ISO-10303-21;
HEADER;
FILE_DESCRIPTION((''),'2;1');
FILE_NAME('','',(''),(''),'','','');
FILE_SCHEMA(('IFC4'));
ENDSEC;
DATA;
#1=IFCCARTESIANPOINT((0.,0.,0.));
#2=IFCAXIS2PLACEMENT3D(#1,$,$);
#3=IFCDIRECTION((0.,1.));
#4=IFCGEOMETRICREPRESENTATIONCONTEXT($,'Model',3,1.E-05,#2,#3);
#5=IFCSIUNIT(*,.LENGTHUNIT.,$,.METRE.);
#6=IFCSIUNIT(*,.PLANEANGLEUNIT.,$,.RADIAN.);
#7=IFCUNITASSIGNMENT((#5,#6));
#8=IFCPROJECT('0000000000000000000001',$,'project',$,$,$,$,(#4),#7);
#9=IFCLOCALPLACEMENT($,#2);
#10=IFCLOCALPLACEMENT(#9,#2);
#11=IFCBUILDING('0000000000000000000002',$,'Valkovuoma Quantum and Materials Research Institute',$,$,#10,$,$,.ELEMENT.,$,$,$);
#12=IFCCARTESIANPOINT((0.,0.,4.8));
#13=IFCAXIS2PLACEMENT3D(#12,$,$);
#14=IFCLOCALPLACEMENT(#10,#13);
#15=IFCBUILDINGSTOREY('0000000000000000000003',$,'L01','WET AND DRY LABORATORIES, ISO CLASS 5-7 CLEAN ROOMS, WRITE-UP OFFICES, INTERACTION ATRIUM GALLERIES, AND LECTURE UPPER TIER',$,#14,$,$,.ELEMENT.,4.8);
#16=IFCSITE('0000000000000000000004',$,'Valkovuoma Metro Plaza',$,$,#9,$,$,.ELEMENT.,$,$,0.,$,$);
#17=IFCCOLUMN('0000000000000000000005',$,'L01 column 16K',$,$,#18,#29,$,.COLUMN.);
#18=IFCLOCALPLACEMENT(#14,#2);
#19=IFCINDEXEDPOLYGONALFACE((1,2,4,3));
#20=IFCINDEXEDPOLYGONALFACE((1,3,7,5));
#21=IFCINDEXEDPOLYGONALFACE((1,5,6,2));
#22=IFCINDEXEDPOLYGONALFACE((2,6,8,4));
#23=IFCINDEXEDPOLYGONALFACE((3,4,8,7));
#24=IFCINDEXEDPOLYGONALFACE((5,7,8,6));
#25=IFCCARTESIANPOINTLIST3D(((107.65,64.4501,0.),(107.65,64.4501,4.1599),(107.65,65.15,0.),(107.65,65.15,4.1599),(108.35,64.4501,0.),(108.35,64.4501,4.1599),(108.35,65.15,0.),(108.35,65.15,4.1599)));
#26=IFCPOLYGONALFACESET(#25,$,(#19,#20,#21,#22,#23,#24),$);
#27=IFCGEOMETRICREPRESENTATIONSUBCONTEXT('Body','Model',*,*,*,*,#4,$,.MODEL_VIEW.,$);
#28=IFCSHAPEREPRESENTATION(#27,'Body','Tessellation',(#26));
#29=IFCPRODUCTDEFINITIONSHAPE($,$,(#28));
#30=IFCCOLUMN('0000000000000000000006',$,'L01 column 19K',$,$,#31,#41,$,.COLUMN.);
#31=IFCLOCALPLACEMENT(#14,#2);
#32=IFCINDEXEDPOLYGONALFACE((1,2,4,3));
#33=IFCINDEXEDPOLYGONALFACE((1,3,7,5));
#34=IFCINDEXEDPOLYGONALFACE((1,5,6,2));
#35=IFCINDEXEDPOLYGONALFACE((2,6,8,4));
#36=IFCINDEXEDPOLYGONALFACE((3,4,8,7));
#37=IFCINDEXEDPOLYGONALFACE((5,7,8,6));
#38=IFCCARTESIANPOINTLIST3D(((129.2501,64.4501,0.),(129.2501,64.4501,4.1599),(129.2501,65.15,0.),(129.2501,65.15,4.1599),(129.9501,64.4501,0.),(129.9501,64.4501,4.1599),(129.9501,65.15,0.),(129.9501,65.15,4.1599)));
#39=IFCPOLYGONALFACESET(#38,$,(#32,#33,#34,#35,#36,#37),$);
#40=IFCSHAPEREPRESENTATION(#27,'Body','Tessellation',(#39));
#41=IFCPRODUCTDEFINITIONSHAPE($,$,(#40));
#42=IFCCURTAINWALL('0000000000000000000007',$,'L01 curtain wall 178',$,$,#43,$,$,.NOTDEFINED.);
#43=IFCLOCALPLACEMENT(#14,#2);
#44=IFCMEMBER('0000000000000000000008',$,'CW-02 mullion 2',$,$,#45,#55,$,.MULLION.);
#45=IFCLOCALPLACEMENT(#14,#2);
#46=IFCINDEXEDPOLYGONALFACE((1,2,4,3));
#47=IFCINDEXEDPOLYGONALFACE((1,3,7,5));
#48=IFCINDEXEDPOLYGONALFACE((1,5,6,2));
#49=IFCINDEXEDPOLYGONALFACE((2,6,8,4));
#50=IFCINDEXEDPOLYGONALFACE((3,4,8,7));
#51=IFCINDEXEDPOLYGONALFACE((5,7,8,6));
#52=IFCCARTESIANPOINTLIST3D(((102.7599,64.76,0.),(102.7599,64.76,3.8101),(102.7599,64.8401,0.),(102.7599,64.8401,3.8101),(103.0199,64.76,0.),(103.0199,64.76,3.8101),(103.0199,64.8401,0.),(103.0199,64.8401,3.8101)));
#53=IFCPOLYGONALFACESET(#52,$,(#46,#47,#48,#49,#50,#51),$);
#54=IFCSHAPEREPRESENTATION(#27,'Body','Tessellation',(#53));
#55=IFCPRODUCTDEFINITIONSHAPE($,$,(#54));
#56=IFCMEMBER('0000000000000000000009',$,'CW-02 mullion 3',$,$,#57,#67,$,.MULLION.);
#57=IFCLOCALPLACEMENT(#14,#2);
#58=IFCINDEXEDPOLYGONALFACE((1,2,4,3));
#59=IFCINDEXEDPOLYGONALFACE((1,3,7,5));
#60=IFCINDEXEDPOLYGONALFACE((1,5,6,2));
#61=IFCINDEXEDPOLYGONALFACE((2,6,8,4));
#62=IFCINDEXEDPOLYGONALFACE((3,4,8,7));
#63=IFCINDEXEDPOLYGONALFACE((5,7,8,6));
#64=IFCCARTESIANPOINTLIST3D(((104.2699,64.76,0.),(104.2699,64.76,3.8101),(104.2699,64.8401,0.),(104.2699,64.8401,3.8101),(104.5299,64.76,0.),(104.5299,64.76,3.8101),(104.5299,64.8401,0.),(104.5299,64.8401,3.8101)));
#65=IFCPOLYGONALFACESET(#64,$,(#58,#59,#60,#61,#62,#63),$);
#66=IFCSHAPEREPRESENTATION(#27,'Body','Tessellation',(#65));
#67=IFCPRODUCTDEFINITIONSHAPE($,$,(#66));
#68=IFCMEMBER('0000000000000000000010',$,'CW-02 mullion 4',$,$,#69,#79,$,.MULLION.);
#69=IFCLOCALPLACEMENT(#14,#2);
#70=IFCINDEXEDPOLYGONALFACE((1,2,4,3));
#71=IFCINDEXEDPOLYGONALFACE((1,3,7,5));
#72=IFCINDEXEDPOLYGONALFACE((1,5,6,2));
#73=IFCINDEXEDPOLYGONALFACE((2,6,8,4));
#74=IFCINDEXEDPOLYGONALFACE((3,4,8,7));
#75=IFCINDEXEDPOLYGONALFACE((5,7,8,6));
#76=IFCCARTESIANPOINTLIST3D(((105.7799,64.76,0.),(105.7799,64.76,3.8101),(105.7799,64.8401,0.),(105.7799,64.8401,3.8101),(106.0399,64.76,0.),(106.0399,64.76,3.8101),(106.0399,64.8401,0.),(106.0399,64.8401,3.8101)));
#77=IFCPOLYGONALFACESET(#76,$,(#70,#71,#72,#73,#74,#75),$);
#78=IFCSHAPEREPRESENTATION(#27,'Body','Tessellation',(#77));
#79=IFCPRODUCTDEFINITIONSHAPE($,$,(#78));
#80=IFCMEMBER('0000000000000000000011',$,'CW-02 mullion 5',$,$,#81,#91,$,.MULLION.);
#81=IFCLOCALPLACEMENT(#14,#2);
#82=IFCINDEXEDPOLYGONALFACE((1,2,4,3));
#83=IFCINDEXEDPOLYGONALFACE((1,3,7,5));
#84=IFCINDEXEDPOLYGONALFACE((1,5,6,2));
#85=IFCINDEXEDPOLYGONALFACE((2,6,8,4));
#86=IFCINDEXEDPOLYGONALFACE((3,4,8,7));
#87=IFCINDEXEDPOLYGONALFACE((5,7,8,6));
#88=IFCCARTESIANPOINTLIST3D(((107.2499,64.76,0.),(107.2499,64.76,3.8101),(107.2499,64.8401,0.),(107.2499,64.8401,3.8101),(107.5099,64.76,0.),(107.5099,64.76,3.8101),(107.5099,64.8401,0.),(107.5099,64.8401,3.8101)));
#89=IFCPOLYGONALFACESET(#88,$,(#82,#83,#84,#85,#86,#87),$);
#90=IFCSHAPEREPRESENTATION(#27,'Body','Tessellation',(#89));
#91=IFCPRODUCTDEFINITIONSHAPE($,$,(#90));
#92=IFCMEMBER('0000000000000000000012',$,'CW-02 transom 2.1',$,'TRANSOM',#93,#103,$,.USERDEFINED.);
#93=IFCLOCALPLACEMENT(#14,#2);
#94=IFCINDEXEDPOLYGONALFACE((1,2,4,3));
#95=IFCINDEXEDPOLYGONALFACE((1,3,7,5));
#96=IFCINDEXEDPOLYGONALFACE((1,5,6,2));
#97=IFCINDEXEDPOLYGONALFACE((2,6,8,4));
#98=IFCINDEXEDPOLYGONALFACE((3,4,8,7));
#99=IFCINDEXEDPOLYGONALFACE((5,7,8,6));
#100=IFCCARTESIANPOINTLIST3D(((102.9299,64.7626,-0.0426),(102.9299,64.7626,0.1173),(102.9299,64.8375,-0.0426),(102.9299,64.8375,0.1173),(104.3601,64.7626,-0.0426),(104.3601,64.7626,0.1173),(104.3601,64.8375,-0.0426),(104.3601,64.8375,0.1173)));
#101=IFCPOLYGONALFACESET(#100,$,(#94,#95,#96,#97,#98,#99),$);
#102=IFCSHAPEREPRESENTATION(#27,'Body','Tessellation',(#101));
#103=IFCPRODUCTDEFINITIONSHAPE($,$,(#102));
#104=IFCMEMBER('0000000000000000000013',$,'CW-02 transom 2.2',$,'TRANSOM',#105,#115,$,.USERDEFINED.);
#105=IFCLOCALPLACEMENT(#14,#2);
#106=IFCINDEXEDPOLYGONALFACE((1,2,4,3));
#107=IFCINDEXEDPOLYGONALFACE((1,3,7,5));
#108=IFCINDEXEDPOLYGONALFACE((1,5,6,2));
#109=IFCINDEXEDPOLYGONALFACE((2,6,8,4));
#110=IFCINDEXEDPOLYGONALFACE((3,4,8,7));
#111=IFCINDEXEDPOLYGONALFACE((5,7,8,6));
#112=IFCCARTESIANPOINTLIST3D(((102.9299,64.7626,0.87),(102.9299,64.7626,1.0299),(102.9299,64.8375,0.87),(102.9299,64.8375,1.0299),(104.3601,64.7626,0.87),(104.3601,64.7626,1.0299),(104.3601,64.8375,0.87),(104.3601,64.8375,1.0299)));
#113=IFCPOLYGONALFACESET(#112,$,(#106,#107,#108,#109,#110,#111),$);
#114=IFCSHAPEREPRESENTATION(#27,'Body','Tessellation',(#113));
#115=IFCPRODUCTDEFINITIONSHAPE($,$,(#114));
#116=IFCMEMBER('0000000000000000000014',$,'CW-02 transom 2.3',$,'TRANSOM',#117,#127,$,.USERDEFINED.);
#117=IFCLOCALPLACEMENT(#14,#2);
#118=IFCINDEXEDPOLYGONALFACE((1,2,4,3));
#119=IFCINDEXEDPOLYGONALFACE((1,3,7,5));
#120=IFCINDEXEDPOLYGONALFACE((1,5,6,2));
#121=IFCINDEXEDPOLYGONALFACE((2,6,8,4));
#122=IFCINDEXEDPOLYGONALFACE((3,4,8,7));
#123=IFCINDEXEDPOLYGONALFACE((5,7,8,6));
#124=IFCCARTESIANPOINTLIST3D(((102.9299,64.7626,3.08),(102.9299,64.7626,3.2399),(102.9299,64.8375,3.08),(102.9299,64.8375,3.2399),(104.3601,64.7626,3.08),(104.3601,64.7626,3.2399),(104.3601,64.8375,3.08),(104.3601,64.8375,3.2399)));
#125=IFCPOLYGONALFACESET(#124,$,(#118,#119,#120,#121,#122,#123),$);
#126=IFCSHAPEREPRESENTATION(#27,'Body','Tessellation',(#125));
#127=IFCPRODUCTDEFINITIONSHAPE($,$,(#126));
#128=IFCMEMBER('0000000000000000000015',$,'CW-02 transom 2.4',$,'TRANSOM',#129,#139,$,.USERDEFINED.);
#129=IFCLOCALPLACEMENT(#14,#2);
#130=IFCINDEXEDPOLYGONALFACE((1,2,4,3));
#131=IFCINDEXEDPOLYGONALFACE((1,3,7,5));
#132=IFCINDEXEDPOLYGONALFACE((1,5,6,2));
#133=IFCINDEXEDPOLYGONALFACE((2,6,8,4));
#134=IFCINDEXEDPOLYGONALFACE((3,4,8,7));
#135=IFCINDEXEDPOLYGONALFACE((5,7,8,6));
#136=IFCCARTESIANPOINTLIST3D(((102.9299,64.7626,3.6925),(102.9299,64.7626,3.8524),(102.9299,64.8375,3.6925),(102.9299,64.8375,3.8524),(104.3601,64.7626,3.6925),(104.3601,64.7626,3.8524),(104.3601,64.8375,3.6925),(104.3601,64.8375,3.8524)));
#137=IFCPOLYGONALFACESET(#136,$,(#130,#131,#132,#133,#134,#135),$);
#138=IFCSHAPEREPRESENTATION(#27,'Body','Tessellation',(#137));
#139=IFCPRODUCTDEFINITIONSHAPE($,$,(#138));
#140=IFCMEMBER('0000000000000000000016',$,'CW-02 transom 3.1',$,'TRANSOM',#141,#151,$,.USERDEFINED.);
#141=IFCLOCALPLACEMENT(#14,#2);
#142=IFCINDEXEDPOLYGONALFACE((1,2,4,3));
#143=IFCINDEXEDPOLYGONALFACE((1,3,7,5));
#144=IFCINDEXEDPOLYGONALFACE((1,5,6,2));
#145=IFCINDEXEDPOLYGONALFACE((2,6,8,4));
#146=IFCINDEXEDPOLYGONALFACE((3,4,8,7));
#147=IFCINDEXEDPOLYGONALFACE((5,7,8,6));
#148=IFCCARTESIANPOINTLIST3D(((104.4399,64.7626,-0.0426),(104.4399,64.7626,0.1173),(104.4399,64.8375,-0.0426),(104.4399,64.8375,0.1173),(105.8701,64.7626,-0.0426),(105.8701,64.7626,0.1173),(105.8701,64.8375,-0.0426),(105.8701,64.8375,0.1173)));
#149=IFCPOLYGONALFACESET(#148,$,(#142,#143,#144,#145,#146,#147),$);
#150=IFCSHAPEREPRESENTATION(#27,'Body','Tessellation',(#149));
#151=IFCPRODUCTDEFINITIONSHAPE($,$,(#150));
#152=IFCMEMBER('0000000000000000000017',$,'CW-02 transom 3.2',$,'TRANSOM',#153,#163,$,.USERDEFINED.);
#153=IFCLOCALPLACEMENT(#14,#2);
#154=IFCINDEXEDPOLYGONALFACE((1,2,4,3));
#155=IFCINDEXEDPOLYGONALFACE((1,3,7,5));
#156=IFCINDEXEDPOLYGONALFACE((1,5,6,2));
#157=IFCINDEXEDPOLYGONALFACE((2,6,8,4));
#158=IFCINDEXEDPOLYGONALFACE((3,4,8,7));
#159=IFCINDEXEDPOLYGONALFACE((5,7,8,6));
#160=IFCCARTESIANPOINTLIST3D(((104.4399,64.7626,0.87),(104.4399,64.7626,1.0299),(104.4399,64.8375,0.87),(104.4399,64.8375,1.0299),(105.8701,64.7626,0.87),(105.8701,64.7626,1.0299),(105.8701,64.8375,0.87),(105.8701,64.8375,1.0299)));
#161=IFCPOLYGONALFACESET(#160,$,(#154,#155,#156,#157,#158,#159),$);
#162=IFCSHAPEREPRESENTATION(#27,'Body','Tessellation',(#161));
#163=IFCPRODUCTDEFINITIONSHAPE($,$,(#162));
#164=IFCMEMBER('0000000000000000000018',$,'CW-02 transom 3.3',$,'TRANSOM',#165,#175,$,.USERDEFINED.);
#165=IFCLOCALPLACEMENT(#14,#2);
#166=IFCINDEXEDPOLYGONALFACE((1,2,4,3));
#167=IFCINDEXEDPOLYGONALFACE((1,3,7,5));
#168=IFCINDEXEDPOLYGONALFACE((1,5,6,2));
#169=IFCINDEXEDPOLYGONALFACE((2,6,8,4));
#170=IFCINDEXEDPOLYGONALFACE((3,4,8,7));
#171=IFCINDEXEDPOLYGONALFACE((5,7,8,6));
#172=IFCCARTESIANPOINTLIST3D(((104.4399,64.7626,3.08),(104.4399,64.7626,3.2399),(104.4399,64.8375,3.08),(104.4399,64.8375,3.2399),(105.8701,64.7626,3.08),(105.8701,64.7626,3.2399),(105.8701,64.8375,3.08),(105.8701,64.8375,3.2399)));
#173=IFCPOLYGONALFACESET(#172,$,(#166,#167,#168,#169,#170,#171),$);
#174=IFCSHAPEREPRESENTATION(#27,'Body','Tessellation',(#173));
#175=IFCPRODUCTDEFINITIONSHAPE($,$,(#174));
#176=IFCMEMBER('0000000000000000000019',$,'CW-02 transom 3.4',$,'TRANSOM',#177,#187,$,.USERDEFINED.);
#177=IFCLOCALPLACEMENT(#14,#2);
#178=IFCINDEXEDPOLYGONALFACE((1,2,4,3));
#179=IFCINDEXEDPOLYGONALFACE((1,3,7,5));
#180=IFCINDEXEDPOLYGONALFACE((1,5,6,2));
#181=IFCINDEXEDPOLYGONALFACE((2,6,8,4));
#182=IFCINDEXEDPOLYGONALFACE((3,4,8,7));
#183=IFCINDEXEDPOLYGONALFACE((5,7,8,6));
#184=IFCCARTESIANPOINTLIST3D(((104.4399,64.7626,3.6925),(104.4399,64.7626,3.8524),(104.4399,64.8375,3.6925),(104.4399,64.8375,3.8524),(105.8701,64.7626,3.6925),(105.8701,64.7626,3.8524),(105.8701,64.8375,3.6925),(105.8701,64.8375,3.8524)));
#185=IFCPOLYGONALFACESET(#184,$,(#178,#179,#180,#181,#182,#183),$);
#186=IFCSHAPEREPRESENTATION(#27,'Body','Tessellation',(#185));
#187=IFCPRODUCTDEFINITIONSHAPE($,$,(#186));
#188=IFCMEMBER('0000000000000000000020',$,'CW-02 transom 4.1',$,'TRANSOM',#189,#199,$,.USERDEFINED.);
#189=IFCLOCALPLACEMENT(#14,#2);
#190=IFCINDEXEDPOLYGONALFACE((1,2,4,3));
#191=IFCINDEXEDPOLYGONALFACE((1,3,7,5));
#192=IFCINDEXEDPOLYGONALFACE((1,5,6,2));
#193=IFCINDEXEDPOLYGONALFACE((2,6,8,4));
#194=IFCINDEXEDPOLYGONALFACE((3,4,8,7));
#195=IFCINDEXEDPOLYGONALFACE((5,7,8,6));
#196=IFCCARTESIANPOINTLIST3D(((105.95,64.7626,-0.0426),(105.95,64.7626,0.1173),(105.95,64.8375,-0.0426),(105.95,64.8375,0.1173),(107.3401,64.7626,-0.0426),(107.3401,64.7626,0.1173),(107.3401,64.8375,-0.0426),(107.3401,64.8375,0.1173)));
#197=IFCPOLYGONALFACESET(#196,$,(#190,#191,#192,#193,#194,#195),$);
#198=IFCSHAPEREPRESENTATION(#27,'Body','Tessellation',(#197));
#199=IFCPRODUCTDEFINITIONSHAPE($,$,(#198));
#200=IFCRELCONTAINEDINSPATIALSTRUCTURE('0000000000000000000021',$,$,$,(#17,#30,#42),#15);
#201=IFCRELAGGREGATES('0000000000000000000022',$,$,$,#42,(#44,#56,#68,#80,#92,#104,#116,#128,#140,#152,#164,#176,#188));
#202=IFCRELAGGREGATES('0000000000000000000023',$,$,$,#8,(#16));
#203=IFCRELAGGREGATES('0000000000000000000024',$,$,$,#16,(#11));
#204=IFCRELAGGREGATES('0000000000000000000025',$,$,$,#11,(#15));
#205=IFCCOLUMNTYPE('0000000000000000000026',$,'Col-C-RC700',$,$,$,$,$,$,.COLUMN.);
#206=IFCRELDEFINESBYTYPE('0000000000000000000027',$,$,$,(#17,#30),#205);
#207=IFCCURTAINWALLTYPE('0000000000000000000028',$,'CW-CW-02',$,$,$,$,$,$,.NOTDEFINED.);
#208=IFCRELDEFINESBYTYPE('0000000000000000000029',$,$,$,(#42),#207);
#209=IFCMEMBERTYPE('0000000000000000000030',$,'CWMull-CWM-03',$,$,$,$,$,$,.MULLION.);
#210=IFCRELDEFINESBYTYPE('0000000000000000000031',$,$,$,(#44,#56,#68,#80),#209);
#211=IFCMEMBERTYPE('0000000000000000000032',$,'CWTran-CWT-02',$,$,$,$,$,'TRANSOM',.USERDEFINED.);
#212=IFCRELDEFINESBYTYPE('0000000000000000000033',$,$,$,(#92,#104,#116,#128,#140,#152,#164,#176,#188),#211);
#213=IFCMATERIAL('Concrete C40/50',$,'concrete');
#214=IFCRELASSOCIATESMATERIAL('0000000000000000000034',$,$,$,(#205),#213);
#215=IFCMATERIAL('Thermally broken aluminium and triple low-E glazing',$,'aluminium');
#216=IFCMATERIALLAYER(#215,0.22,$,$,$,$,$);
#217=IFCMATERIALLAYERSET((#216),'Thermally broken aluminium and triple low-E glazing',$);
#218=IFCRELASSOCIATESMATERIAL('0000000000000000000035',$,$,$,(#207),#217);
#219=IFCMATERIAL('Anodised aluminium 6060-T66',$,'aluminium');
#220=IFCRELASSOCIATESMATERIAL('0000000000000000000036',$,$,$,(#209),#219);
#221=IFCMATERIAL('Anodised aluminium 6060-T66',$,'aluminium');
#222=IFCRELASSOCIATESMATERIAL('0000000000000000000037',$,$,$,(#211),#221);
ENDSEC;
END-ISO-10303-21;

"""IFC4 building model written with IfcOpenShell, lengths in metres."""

from ifc_helpers import new_model, si_unit, direction, frame, origin, origin_2d, place, context, subcontext, project, spatial, rectangle, extrude, material, layer, layer_set, material_profile, profile_set, type_object, element, aggregate, save


model = new_model("IFC4")

# Units and contexts
model_context = context("Model", 3, precision=1e-05, world=origin(), true_north=direction((0.0, 1.0)))
body_context = subcontext(model_context, "Body", "Model", "MODEL_VIEW")
ifc_project = project(units=[si_unit("LENGTHUNIT", "METRE"), si_unit("PLANEANGLEUNIT", "RADIAN")], contexts=[model_context])

# Site, building, storey
site_placement = place(None, origin())
site = spatial("IfcSite", under=ifc_project, at=site_placement, Name="Valkovuoma Metro Plaza", CompositionType="ELEMENT", RefElevation=0.0)
building_placement = place(site_placement, origin())
building = spatial("IfcBuilding", under=site, at=building_placement, Name="Valkovuoma Quantum and Materials Research Institute", CompositionType="ELEMENT")
storey_placement = place(building_placement, frame((0.0, 0.0, 4.8)))
storey = spatial("IfcBuildingStorey", under=building, at=storey_placement, Name="L01", Description="WET AND DRY LABORATORIES, ISO CLASS 5-7 CLEAN ROOMS, WRITE-UP OFFICES, INTERACTION ATRIUM GALLERIES, AND LECTURE UPPER TIER", CompositionType="ELEMENT", Elevation=4.8)

# Columns
ifc_material_1 = material(Name="Concrete C40/50", Category="concrete")
ifc_material_profile_1 = material_profile(ifc_material_1, rectangle(XDim=0.7, YDim=0.7, at=origin_2d()), Name="Concrete C40/50")
ifc_profile_set_1 = profile_set([ifc_material_profile_1], Name="Concrete C40/50")
column_type = type_object("IfcColumnType", Name="Col-C-RC700", PredefinedType="COLUMN", material=ifc_profile_set_1)
for number, where, z_axis, x_axis, name in (
    (1, (108.0, 64.8, 0.0), (0.0, 0.0, 1.0), (1.0, 0.0, 0.0), "L01 column 16K"),
    (2, (129.6001, 64.8, 0.0), (0.0, 0.0, 1.0), (1.0, 0.0, 0.0), "L01 column 19K"),
):
    element("IfcColumn", number, at=place(storey_placement, frame(where, z_axis=z_axis, x_axis=x_axis)), inside=storey, type_object=column_type, Name=name, PredefinedType="COLUMN", context=body_context, shape_type="SweptSolid", body=[
        extrude(rectangle(XDim=0.7, YDim=0.7, at=origin_2d()), origin(), (0.0, 0.0, 1.0), 4.1599),
    ])

# Curtain wall, members
ifc_material_2 = material(Name="Thermally broken aluminium and triple low-E glazing", Category="aluminium")
ifc_layer_1 = layer(ifc_material_2, 0.22)
ifc_layer_set_1 = layer_set([ifc_layer_1], Name="Thermally broken aluminium and triple low-E glazing")
curtain_wall_type = type_object("IfcCurtainWallType", Name="CW-CW-02", PredefinedType="NOTDEFINED", material=ifc_layer_set_1)
curtain_wall_placement = place(storey_placement, origin())
curtain_wall = element("IfcCurtainWall", 3, at=curtain_wall_placement, inside=storey, type_object=curtain_wall_type, Name="L01 curtain wall 178", PredefinedType="NOTDEFINED")
ifc_material_3 = material(Name="Anodised aluminium 6060-T66", Category="aluminium")
ifc_material_profile_2 = material_profile(ifc_material_3, rectangle(XDim=0.0801, YDim=0.26, at=origin_2d()), Name="Anodised aluminium 6060-T66")
ifc_profile_set_2 = profile_set([ifc_material_profile_2], Name="Anodised aluminium 6060-T66")
member_type_1 = type_object("IfcMemberType", Name="CWMull-CWM-03", PredefinedType="MULLION", material=ifc_profile_set_2)
member_1_placement = place(storey_placement, frame((102.8899, 64.8, 0.0), z_axis=(0.0, 0.0, 1.0), x_axis=(0.0, 1.0, 0.0)))
member_1 = element("IfcMember", 4, at=member_1_placement, type_object=member_type_1, Name="CW-02 mullion 2", PredefinedType="MULLION", context=body_context, shape_type="SweptSolid", body=[
    extrude(rectangle(XDim=0.0801, YDim=0.26, at=origin_2d()), origin(), (0.0, 0.0, 1.0), 3.8101),
])
member_2_placement = place(storey_placement, frame((104.3999, 64.8, 0.0), z_axis=(0.0, 0.0, 1.0), x_axis=(0.0, 1.0, 0.0)))
member_2 = element("IfcMember", 5, at=member_2_placement, type_object=member_type_1, Name="CW-02 mullion 3", PredefinedType="MULLION", context=body_context, shape_type="SweptSolid", body=[
    extrude(rectangle(XDim=0.0801, YDim=0.26, at=origin_2d()), origin(), (0.0, 0.0, 1.0), 3.8101),
])
member_3_placement = place(storey_placement, frame((105.9099, 64.8, 0.0), z_axis=(0.0, 0.0, 1.0), x_axis=(0.0, 1.0, 0.0)))
member_3 = element("IfcMember", 6, at=member_3_placement, type_object=member_type_1, Name="CW-02 mullion 4", PredefinedType="MULLION", context=body_context, shape_type="SweptSolid", body=[
    extrude(rectangle(XDim=0.0801, YDim=0.26, at=origin_2d()), origin(), (0.0, 0.0, 1.0), 3.8101),
])
member_4_placement = place(storey_placement, frame((107.3799, 64.8, 0.0), z_axis=(0.0, 0.0, 1.0), x_axis=(0.0, 1.0, 0.0)))
member_4 = element("IfcMember", 7, at=member_4_placement, type_object=member_type_1, Name="CW-02 mullion 5", PredefinedType="MULLION", context=body_context, shape_type="SweptSolid", body=[
    extrude(rectangle(XDim=0.0801, YDim=0.26, at=origin_2d()), origin(), (0.0, 0.0, 1.0), 3.8101),
])
ifc_material_4 = material(Name="Anodised aluminium 6060-T66", Category="aluminium")
ifc_material_profile_3 = material_profile(ifc_material_4, rectangle(XDim=0.075, YDim=0.1599, at=origin_2d()), Name="Anodised aluminium 6060-T66")
ifc_profile_set_3 = profile_set([ifc_material_profile_3], Name="Anodised aluminium 6060-T66")
member_type_2 = type_object("IfcMemberType", Name="CWTran-CWT-02", ElementType="TRANSOM", PredefinedType="USERDEFINED", material=ifc_profile_set_3)
member_5_placement = place(storey_placement, frame((102.9299, 64.8, 0.0374), z_axis=(1.0, 0.0, 0.0), x_axis=(0.0, 1.0, 0.0)))
member_5 = element("IfcMember", 8, at=member_5_placement, type_object=member_type_2, Name="CW-02 transom 2.1", ObjectType="TRANSOM", PredefinedType="USERDEFINED", context=body_context, shape_type="SweptSolid", body=[
    extrude(rectangle(XDim=0.075, YDim=0.1599, at=origin_2d()), origin(), (0.0, 0.0, 1.0), 1.4302),
])
member_6_placement = place(storey_placement, frame((102.9299, 64.8, 0.95), z_axis=(1.0, 0.0, 0.0), x_axis=(0.0, 1.0, 0.0)))
member_6 = element("IfcMember", 9, at=member_6_placement, type_object=member_type_2, Name="CW-02 transom 2.2", ObjectType="TRANSOM", PredefinedType="USERDEFINED", context=body_context, shape_type="SweptSolid", body=[
    extrude(rectangle(XDim=0.075, YDim=0.1599, at=origin_2d()), origin(), (0.0, 0.0, 1.0), 1.4302),
])
member_7_placement = place(storey_placement, frame((102.9299, 64.8, 3.1599), z_axis=(1.0, 0.0, 0.0), x_axis=(0.0, 1.0, 0.0)))
member_7 = element("IfcMember", 10, at=member_7_placement, type_object=member_type_2, Name="CW-02 transom 2.3", ObjectType="TRANSOM", PredefinedType="USERDEFINED", context=body_context, shape_type="SweptSolid", body=[
    extrude(rectangle(XDim=0.075, YDim=0.1599, at=origin_2d()), origin(), (0.0, 0.0, 1.0), 1.4302),
])
member_8_placement = place(storey_placement, frame((102.9299, 64.8, 3.7725), z_axis=(1.0, 0.0, 0.0), x_axis=(0.0, 1.0, 0.0)))
member_8 = element("IfcMember", 11, at=member_8_placement, type_object=member_type_2, Name="CW-02 transom 2.4", ObjectType="TRANSOM", PredefinedType="USERDEFINED", context=body_context, shape_type="SweptSolid", body=[
    extrude(rectangle(XDim=0.075, YDim=0.1599, at=origin_2d()), origin(), (0.0, 0.0, 1.0), 1.4302),
])
member_9_placement = place(storey_placement, frame((104.4399, 64.8, 0.0374), z_axis=(1.0, 0.0, 0.0), x_axis=(0.0, 1.0, 0.0)))
member_9 = element("IfcMember", 12, at=member_9_placement, type_object=member_type_2, Name="CW-02 transom 3.1", ObjectType="TRANSOM", PredefinedType="USERDEFINED", context=body_context, shape_type="SweptSolid", body=[
    extrude(rectangle(XDim=0.075, YDim=0.1599, at=origin_2d()), origin(), (0.0, 0.0, 1.0), 1.4302),
])
member_10_placement = place(storey_placement, frame((104.4399, 64.8, 0.95), z_axis=(1.0, 0.0, 0.0), x_axis=(0.0, 1.0, 0.0)))
member_10 = element("IfcMember", 13, at=member_10_placement, type_object=member_type_2, Name="CW-02 transom 3.2", ObjectType="TRANSOM", PredefinedType="USERDEFINED", context=body_context, shape_type="SweptSolid", body=[
    extrude(rectangle(XDim=0.075, YDim=0.1599, at=origin_2d()), origin(), (0.0, 0.0, 1.0), 1.4302),
])
member_11_placement = place(storey_placement, frame((104.4399, 64.8, 3.1599), z_axis=(1.0, 0.0, 0.0), x_axis=(0.0, 1.0, 0.0)))
member_11 = element("IfcMember", 14, at=member_11_placement, type_object=member_type_2, Name="CW-02 transom 3.3", ObjectType="TRANSOM", PredefinedType="USERDEFINED", context=body_context, shape_type="SweptSolid", body=[
    extrude(rectangle(XDim=0.075, YDim=0.1599, at=origin_2d()), origin(), (0.0, 0.0, 1.0), 1.4302),
])
member_12_placement = place(storey_placement, frame((104.4399, 64.8, 3.7725), z_axis=(1.0, 0.0, 0.0), x_axis=(0.0, 1.0, 0.0)))
member_12 = element("IfcMember", 15, at=member_12_placement, type_object=member_type_2, Name="CW-02 transom 3.4", ObjectType="TRANSOM", PredefinedType="USERDEFINED", context=body_context, shape_type="SweptSolid", body=[
    extrude(rectangle(XDim=0.075, YDim=0.1599, at=origin_2d()), origin(), (0.0, 0.0, 1.0), 1.4302),
])
member_13_placement = place(storey_placement, frame((105.95, 64.8, 0.0374), z_axis=(1.0, 0.0, 0.0), x_axis=(0.0, 1.0, 0.0)))
member_13 = element("IfcMember", 16, at=member_13_placement, type_object=member_type_2, Name="CW-02 transom 4.1", ObjectType="TRANSOM", PredefinedType="USERDEFINED", context=body_context, shape_type="SweptSolid", body=[
    extrude(rectangle(XDim=0.075, YDim=0.1599, at=origin_2d()), origin(), (0.0, 0.0, 1.0), 1.3901),
])
aggregate(curtain_wall, [member_1, member_2, member_3, member_4, member_5, member_6, member_7, member_8, member_9, member_10, member_11, member_12, member_13])

save(model, "model.ifc")
